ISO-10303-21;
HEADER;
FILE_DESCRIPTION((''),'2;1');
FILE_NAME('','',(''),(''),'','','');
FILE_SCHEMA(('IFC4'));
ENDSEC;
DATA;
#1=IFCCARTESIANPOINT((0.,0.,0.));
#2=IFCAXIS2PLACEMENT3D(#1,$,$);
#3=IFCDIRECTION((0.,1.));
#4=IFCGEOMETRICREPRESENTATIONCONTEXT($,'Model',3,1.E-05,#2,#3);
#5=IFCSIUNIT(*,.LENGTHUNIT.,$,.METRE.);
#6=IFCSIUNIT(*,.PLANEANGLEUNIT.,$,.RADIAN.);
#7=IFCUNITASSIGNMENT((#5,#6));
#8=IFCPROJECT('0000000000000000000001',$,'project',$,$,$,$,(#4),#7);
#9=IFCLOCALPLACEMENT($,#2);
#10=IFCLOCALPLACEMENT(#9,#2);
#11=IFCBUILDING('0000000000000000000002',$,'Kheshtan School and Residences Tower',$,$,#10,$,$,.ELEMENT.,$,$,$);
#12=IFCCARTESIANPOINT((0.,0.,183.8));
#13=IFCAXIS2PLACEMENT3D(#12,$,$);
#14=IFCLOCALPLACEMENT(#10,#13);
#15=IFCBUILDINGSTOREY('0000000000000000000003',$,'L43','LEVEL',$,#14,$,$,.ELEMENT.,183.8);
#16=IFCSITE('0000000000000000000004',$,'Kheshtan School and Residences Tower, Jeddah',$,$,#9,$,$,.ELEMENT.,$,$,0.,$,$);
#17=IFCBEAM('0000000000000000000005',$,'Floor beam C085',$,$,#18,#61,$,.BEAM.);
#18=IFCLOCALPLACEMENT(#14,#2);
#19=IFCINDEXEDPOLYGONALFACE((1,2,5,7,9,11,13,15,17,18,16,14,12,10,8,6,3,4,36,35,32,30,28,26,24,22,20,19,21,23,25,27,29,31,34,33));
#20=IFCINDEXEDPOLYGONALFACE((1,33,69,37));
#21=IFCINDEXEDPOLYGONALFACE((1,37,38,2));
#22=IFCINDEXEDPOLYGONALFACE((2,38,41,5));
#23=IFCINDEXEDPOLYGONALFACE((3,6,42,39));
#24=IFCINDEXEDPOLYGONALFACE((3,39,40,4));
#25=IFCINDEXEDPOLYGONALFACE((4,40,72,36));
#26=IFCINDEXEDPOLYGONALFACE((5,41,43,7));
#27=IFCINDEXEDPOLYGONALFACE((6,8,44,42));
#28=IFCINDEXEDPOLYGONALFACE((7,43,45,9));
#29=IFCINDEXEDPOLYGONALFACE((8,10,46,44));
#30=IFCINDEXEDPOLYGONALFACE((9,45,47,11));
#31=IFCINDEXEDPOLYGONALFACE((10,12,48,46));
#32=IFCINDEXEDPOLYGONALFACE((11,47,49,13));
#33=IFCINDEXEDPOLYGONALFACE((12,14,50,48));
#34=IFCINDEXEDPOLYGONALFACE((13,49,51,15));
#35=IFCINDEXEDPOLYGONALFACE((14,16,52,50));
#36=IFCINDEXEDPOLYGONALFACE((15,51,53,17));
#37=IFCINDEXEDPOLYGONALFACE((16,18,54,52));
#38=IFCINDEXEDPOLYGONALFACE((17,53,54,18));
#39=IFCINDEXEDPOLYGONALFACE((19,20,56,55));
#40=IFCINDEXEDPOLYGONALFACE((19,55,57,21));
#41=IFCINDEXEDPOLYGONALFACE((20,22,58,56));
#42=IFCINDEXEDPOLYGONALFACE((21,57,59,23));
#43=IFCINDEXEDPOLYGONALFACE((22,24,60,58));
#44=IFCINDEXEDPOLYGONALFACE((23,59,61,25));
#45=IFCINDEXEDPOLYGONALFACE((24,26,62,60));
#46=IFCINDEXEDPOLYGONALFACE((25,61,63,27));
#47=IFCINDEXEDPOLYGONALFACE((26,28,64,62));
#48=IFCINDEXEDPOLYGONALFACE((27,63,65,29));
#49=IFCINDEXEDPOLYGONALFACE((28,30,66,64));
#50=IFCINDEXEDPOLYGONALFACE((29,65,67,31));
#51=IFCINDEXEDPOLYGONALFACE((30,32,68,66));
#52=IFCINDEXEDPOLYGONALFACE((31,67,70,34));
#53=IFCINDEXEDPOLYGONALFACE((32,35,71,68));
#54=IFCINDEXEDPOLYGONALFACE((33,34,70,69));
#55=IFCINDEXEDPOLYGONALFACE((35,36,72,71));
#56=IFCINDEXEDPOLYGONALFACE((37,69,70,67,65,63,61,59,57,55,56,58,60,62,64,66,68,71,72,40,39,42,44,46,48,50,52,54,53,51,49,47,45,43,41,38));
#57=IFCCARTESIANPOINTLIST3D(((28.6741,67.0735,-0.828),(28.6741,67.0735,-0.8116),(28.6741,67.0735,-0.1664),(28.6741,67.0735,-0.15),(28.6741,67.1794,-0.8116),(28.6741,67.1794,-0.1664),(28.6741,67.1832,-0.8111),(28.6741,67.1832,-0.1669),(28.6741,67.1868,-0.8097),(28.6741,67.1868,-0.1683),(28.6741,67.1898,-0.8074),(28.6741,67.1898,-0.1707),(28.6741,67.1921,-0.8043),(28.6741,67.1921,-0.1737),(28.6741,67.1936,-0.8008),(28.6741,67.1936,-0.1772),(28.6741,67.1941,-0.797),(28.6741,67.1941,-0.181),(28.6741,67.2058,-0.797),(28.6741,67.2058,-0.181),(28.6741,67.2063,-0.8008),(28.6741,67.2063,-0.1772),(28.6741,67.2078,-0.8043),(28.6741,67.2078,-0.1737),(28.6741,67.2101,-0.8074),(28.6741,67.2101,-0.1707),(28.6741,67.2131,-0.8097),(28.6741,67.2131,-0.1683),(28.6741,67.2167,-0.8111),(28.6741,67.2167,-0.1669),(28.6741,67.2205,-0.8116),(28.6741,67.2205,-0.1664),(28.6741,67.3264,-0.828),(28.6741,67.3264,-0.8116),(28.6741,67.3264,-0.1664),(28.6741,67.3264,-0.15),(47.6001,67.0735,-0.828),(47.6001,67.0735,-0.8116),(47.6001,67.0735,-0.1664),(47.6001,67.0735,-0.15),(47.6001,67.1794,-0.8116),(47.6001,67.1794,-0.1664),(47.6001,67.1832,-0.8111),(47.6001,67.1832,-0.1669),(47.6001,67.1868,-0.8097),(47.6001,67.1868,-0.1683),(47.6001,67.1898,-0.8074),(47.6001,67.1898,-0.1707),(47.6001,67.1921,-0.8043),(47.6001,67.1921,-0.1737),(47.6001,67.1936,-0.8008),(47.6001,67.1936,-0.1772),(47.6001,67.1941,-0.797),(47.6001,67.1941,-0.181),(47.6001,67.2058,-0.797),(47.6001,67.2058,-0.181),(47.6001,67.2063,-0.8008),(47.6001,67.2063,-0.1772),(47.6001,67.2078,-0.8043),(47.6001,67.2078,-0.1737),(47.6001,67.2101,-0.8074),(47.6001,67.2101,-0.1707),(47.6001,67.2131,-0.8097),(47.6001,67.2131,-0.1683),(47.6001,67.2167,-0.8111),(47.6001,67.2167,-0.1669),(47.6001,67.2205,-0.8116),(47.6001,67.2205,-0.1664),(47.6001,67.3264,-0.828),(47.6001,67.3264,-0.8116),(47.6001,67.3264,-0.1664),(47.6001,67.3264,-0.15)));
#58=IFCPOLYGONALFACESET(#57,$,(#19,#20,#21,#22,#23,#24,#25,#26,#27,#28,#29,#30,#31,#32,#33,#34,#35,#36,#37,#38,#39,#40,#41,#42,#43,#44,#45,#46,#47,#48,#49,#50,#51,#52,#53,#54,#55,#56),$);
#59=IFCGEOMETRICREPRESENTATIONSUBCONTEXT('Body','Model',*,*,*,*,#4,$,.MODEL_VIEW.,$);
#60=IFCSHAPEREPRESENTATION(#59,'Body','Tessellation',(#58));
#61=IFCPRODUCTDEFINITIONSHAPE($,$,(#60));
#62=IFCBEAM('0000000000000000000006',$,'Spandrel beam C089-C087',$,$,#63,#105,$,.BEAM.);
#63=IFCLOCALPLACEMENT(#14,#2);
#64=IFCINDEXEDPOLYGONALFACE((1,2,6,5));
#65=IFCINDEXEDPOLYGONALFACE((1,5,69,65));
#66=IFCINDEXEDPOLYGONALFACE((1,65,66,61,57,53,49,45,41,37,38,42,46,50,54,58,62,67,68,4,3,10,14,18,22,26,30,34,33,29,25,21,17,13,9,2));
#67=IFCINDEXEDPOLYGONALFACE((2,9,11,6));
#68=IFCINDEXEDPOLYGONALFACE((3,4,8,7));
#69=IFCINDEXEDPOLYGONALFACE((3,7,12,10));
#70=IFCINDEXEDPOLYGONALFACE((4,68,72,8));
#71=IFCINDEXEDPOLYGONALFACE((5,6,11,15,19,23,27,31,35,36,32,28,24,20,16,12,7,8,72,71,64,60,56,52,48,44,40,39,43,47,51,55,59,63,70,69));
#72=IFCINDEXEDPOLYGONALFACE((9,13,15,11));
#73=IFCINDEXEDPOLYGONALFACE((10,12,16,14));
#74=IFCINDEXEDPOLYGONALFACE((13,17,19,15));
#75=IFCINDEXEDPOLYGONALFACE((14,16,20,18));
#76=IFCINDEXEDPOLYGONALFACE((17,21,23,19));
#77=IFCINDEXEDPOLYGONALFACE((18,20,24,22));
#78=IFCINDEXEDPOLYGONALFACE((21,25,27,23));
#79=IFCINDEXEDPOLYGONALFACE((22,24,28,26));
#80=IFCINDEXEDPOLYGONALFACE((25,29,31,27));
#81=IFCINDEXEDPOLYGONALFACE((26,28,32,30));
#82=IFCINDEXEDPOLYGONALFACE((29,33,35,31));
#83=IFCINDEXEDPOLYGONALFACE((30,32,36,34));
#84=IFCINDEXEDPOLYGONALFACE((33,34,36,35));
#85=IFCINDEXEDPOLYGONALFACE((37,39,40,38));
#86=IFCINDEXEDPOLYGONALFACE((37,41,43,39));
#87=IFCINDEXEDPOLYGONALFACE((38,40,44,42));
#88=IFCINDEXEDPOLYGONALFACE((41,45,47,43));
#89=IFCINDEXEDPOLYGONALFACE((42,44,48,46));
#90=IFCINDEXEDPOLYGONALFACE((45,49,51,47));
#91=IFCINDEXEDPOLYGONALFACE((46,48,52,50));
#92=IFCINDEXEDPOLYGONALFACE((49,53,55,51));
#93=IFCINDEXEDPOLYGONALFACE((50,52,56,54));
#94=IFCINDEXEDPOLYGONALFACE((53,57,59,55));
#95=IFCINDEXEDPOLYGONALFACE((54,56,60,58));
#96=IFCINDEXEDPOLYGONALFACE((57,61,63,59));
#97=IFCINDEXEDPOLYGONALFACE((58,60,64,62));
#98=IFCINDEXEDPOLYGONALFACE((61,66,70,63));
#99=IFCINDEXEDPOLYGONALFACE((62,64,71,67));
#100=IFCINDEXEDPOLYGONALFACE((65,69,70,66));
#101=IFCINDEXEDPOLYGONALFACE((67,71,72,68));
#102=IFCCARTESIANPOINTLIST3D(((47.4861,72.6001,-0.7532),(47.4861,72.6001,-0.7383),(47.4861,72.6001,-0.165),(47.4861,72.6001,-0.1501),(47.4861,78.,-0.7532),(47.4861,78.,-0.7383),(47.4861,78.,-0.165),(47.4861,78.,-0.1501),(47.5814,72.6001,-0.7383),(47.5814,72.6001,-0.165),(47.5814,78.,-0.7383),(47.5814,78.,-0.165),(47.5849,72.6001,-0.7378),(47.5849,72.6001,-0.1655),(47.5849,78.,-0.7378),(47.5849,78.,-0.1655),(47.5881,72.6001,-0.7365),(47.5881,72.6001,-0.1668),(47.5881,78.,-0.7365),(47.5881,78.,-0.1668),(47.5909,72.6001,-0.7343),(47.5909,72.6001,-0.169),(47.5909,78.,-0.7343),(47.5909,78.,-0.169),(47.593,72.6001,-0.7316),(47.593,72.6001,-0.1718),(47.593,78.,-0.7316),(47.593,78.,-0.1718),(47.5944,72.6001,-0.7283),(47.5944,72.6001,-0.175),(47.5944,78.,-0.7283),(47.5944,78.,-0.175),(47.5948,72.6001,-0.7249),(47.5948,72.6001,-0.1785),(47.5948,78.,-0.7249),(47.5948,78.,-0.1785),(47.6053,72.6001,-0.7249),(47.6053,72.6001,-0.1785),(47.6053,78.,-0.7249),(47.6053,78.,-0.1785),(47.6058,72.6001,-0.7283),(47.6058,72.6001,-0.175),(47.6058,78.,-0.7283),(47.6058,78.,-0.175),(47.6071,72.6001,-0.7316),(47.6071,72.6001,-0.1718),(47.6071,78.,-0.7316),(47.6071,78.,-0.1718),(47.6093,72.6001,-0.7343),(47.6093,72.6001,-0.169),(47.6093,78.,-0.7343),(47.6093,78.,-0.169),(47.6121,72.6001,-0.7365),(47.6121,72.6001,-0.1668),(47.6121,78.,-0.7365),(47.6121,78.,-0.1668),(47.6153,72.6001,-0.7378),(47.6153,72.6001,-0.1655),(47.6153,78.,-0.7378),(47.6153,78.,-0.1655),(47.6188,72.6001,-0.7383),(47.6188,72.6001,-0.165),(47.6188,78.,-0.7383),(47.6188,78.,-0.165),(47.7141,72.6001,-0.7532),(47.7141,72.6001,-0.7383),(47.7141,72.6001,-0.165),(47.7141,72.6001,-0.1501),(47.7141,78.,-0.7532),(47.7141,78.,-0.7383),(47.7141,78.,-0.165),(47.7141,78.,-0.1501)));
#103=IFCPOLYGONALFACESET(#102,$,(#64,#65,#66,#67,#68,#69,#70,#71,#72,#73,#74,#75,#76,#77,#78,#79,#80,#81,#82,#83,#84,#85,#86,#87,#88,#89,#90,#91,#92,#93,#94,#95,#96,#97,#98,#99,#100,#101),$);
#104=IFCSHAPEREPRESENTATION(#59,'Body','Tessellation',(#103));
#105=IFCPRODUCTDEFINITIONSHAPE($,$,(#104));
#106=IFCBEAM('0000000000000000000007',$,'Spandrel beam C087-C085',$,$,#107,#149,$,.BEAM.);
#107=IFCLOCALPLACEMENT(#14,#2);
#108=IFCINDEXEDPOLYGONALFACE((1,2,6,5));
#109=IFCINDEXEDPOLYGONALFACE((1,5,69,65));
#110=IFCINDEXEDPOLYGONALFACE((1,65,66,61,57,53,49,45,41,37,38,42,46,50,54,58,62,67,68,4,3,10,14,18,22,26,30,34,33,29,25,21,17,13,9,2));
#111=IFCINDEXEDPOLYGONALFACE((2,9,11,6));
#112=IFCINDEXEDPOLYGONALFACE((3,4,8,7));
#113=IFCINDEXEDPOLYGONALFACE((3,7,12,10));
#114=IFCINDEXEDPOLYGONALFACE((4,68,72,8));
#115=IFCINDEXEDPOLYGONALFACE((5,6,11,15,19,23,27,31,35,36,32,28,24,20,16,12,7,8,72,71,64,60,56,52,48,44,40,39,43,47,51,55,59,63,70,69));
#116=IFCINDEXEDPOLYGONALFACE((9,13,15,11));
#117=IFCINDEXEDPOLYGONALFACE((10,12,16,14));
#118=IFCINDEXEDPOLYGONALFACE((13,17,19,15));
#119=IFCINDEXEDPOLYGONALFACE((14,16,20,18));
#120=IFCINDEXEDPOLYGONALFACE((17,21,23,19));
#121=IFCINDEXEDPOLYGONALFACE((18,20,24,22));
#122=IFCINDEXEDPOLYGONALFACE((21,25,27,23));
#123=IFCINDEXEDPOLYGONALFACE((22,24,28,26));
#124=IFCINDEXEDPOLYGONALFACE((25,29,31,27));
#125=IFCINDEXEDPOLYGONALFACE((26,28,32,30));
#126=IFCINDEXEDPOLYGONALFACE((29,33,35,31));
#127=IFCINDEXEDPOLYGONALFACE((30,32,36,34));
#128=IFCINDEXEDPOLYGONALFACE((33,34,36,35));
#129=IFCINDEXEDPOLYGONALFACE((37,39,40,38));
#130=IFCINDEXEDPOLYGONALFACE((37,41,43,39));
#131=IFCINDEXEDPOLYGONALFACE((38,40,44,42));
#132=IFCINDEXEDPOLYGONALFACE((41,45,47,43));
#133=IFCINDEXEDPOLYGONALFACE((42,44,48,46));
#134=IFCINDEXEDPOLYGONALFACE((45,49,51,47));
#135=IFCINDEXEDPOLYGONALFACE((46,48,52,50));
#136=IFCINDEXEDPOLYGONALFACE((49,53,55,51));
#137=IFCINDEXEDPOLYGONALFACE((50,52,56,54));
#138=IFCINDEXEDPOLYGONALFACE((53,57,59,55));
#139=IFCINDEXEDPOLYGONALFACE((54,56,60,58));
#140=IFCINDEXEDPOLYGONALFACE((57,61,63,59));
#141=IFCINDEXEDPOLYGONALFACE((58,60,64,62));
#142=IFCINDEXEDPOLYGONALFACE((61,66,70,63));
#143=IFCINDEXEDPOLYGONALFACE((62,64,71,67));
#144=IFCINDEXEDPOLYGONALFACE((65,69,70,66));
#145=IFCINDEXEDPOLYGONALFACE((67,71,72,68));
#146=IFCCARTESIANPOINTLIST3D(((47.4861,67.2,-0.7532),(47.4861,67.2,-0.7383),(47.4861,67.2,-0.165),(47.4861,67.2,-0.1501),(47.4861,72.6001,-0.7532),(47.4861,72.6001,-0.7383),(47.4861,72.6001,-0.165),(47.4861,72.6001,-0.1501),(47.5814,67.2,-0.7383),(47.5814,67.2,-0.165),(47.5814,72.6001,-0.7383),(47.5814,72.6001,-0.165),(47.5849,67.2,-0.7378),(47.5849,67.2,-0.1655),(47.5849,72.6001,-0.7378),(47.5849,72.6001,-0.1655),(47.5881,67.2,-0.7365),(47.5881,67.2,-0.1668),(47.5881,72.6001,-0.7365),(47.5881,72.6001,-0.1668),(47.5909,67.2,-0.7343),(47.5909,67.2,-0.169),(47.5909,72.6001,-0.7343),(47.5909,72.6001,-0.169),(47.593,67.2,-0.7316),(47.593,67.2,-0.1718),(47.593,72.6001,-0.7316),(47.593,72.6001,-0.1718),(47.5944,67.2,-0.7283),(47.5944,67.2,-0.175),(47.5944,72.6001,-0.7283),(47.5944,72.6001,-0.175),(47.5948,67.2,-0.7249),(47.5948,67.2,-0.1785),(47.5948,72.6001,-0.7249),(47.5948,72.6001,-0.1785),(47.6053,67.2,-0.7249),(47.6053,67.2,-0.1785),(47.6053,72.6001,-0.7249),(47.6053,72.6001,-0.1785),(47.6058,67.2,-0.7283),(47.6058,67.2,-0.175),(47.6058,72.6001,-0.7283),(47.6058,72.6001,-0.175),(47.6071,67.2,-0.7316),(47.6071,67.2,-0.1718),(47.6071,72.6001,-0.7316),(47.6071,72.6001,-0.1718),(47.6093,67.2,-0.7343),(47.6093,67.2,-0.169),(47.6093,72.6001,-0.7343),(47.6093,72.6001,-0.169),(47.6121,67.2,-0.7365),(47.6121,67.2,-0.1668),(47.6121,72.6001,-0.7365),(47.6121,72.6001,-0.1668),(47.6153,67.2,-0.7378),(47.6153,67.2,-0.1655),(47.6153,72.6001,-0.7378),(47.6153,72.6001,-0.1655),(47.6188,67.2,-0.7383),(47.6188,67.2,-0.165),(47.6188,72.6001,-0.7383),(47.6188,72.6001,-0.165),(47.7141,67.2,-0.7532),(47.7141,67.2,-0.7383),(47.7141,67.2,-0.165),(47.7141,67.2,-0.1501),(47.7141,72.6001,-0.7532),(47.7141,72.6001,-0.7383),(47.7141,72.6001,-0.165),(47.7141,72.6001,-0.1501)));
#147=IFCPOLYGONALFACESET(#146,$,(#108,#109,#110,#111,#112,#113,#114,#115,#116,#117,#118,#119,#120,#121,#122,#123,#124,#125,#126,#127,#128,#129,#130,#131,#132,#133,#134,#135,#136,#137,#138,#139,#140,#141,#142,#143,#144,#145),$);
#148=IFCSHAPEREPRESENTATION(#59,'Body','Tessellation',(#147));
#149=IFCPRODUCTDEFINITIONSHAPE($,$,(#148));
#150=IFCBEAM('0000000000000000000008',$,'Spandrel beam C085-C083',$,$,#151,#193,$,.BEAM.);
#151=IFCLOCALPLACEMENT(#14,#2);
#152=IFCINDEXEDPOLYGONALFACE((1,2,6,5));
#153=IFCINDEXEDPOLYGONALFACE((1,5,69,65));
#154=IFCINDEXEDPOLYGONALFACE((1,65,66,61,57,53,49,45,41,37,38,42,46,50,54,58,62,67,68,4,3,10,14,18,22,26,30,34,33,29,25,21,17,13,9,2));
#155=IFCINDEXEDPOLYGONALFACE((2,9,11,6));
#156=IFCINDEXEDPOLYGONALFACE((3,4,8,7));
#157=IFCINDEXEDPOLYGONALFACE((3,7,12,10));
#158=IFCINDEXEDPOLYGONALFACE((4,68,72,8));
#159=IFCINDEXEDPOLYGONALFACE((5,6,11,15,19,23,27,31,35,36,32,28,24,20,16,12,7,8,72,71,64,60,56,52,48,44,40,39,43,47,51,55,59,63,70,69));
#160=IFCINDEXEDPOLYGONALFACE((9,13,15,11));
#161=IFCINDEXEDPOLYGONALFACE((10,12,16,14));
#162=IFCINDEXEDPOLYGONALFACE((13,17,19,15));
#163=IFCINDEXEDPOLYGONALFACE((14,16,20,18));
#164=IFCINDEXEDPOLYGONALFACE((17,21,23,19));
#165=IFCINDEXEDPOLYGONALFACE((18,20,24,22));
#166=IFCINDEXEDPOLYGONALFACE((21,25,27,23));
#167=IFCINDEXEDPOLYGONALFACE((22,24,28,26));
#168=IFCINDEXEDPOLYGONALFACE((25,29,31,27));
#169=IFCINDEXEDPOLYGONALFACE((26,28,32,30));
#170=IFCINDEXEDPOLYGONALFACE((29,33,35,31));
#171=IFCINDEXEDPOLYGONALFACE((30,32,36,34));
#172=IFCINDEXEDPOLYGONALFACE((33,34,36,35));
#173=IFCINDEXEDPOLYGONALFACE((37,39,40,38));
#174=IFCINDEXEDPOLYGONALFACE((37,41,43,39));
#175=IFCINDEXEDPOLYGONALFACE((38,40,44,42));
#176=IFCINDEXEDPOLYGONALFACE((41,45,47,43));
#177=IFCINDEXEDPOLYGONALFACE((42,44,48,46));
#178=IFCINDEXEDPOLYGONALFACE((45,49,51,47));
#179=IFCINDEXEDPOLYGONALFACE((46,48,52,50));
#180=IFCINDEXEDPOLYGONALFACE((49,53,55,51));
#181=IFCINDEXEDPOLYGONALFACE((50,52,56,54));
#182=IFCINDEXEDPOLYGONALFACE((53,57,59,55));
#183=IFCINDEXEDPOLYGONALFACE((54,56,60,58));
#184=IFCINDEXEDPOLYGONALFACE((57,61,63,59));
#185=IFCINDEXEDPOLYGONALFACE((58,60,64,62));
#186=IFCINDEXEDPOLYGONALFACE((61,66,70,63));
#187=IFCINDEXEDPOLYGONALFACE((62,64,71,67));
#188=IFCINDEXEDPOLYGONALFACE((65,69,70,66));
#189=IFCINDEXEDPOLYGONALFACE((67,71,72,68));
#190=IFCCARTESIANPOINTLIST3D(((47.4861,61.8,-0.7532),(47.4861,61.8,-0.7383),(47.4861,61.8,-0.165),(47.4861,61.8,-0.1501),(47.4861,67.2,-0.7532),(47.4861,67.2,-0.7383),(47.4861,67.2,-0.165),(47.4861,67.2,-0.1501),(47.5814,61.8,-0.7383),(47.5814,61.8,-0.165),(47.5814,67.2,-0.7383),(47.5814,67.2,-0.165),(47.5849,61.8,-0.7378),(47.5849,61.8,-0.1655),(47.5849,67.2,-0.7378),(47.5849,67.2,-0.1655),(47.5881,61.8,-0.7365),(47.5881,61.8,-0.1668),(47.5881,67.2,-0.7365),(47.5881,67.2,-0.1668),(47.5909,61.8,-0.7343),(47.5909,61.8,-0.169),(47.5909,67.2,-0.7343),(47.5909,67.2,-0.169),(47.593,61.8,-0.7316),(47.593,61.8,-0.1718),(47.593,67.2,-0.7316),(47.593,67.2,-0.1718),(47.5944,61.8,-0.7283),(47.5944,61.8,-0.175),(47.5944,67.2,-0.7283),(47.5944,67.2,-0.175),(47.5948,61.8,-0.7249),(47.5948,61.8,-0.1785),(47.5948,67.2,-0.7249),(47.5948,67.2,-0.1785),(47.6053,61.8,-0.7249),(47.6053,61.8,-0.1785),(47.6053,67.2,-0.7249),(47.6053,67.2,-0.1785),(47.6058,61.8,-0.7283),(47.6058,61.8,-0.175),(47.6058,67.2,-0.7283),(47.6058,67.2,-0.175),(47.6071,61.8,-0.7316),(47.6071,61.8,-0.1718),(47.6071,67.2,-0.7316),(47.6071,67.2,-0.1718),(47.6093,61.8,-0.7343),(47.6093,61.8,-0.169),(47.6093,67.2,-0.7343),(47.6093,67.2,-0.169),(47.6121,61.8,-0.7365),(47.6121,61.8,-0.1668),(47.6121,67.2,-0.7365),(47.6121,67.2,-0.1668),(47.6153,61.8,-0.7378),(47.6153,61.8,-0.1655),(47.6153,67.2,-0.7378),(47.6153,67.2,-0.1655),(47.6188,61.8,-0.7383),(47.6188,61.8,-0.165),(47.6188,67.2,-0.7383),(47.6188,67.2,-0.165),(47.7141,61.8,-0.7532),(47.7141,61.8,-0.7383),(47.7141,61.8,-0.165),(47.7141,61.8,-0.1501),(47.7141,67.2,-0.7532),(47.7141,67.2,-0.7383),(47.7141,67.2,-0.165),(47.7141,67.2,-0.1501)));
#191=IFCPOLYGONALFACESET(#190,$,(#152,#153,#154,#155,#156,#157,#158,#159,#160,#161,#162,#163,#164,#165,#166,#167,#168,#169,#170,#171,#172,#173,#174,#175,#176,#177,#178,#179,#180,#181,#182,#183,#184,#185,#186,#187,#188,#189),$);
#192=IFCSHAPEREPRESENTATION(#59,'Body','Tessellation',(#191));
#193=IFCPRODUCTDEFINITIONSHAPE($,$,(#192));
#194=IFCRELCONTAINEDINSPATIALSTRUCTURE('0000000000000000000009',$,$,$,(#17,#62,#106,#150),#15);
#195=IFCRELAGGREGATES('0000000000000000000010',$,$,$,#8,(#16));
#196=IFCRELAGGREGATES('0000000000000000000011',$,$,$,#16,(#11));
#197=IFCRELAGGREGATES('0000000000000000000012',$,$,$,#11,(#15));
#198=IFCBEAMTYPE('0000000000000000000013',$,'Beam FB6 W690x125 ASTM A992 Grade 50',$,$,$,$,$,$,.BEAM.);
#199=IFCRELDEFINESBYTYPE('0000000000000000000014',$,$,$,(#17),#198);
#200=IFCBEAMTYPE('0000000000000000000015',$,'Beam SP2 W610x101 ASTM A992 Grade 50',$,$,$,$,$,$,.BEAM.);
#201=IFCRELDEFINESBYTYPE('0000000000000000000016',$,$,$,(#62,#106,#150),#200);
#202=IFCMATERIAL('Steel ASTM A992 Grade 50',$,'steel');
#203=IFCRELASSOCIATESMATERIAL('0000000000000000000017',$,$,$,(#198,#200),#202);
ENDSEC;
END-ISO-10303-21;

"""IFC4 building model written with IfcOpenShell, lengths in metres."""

from ifc_helpers import new_model, si_unit, direction, frame, origin, origin_2d, place, context, subcontext, project, spatial, i_section, extrude, material, material_profile, profile_set, type_object, element, save


model = new_model("IFC4")

# Units and contexts
model_context = context("Model", 3, precision=1e-05, world=origin(), true_north=direction((0.0, 1.0)))
body_context = subcontext(model_context, "Body", "Model", "MODEL_VIEW")
ifc_project = project(units=[si_unit("LENGTHUNIT", "METRE"), si_unit("PLANEANGLEUNIT", "RADIAN")], contexts=[model_context])

# Site, building, storey
site_placement = place(None, origin())
site = spatial("IfcSite", under=ifc_project, at=site_placement, Name="Kheshtan School and Residences Tower, Jeddah", CompositionType="ELEMENT", RefElevation=0.0)
building_placement = place(site_placement, origin())
building = spatial("IfcBuilding", under=site, at=building_placement, Name="Kheshtan School and Residences Tower", CompositionType="ELEMENT")
storey_placement = place(building_placement, frame((0.0, 0.0, 183.8)))
storey = spatial("IfcBuildingStorey", under=building, at=storey_placement, Name="L43", Description="LEVEL", CompositionType="ELEMENT", Elevation=183.8)

# Shared definitions
ifc_material_1 = material(Name="Steel ASTM A992 Grade 50", Category="steel")

# Beams
ifc_material_profile_1 = material_profile(ifc_material_1, i_section(OverallWidth=0.2529, OverallDepth=0.678, WebThickness=0.0117, FlangeThickness=0.0164, FilletRadius=0.0146, at=origin_2d()), Name="W690x125")
ifc_profile_set_1 = profile_set([ifc_material_profile_1], Name="Steel ASTM A992 Grade 50")
beam_type_1 = type_object("IfcBeamType", Name="Beam FB6 W690x125 ASTM A992 Grade 50", PredefinedType="BEAM", material=ifc_profile_set_1)
beam_1_placement = place(storey_placement, frame((47.6001, 67.2, -0.489), z_axis=(-1.0, 0.0, 0.0), x_axis=(0.0, -1.0, 0.0)))
element("IfcBeam", 1, at=beam_1_placement, inside=storey, type_object=beam_type_1, Name="Floor beam C085", PredefinedType="BEAM", context=body_context, shape_type="SweptSolid", body=[
    extrude(i_section(OverallWidth=0.2529, OverallDepth=0.678, WebThickness=0.0117, FlangeThickness=0.0164, FilletRadius=0.0146, at=origin_2d()), origin(), (0.0, 0.0, 1.0), 18.926),
])
ifc_material_profile_2 = material_profile(ifc_material_1, i_section(OverallWidth=0.228, OverallDepth=0.603, WebThickness=0.0105, FlangeThickness=0.0149, FilletRadius=0.0134, at=origin_2d()), Name="W610x101")
ifc_profile_set_2 = profile_set([ifc_material_profile_2], Name="Steel ASTM A992 Grade 50")
beam_type_2 = type_object("IfcBeamType", Name="Beam SP2 W610x101 ASTM A992 Grade 50", PredefinedType="BEAM", material=ifc_profile_set_2)
beam_2_placement = place(storey_placement, frame((47.6001, 78.0, -0.4517), z_axis=(0.0, -1.0, 0.0), x_axis=(1.0, 0.0, 0.0)))
element("IfcBeam", 2, at=beam_2_placement, inside=storey, type_object=beam_type_2, Name="Spandrel beam C089-C087", PredefinedType="BEAM", context=body_context, shape_type="SweptSolid", body=[
    extrude(i_section(OverallWidth=0.228, OverallDepth=0.603, WebThickness=0.0105, FlangeThickness=0.0149, FilletRadius=0.0134, at=origin_2d()), origin(), (0.0, 0.0, 1.0), 5.3999),
])
beam_3_placement = place(storey_placement, frame((47.6001, 72.6001, -0.4517), z_axis=(0.0, -1.0, 0.0), x_axis=(1.0, 0.0, 0.0)))
element("IfcBeam", 3, at=beam_3_placement, inside=storey, type_object=beam_type_2, Name="Spandrel beam C087-C085", PredefinedType="BEAM", context=body_context, shape_type="SweptSolid", body=[
    extrude(i_section(OverallWidth=0.228, OverallDepth=0.603, WebThickness=0.0105, FlangeThickness=0.0149, FilletRadius=0.0134, at=origin_2d()), origin(), (0.0, 0.0, 1.0), 5.4001),
])
beam_4_placement = place(storey_placement, frame((47.6001, 67.2, -0.4517), z_axis=(0.0, -1.0, 0.0), x_axis=(1.0, 0.0, 0.0)))
element("IfcBeam", 4, at=beam_4_placement, inside=storey, type_object=beam_type_2, Name="Spandrel beam C085-C083", PredefinedType="BEAM", context=body_context, shape_type="SweptSolid", body=[
    extrude(i_section(OverallWidth=0.228, OverallDepth=0.603, WebThickness=0.0105, FlangeThickness=0.0149, FilletRadius=0.0134, at=origin_2d()), origin(), (0.0, 0.0, 1.0), 5.3999),
])

save(model, "model.ifc")
